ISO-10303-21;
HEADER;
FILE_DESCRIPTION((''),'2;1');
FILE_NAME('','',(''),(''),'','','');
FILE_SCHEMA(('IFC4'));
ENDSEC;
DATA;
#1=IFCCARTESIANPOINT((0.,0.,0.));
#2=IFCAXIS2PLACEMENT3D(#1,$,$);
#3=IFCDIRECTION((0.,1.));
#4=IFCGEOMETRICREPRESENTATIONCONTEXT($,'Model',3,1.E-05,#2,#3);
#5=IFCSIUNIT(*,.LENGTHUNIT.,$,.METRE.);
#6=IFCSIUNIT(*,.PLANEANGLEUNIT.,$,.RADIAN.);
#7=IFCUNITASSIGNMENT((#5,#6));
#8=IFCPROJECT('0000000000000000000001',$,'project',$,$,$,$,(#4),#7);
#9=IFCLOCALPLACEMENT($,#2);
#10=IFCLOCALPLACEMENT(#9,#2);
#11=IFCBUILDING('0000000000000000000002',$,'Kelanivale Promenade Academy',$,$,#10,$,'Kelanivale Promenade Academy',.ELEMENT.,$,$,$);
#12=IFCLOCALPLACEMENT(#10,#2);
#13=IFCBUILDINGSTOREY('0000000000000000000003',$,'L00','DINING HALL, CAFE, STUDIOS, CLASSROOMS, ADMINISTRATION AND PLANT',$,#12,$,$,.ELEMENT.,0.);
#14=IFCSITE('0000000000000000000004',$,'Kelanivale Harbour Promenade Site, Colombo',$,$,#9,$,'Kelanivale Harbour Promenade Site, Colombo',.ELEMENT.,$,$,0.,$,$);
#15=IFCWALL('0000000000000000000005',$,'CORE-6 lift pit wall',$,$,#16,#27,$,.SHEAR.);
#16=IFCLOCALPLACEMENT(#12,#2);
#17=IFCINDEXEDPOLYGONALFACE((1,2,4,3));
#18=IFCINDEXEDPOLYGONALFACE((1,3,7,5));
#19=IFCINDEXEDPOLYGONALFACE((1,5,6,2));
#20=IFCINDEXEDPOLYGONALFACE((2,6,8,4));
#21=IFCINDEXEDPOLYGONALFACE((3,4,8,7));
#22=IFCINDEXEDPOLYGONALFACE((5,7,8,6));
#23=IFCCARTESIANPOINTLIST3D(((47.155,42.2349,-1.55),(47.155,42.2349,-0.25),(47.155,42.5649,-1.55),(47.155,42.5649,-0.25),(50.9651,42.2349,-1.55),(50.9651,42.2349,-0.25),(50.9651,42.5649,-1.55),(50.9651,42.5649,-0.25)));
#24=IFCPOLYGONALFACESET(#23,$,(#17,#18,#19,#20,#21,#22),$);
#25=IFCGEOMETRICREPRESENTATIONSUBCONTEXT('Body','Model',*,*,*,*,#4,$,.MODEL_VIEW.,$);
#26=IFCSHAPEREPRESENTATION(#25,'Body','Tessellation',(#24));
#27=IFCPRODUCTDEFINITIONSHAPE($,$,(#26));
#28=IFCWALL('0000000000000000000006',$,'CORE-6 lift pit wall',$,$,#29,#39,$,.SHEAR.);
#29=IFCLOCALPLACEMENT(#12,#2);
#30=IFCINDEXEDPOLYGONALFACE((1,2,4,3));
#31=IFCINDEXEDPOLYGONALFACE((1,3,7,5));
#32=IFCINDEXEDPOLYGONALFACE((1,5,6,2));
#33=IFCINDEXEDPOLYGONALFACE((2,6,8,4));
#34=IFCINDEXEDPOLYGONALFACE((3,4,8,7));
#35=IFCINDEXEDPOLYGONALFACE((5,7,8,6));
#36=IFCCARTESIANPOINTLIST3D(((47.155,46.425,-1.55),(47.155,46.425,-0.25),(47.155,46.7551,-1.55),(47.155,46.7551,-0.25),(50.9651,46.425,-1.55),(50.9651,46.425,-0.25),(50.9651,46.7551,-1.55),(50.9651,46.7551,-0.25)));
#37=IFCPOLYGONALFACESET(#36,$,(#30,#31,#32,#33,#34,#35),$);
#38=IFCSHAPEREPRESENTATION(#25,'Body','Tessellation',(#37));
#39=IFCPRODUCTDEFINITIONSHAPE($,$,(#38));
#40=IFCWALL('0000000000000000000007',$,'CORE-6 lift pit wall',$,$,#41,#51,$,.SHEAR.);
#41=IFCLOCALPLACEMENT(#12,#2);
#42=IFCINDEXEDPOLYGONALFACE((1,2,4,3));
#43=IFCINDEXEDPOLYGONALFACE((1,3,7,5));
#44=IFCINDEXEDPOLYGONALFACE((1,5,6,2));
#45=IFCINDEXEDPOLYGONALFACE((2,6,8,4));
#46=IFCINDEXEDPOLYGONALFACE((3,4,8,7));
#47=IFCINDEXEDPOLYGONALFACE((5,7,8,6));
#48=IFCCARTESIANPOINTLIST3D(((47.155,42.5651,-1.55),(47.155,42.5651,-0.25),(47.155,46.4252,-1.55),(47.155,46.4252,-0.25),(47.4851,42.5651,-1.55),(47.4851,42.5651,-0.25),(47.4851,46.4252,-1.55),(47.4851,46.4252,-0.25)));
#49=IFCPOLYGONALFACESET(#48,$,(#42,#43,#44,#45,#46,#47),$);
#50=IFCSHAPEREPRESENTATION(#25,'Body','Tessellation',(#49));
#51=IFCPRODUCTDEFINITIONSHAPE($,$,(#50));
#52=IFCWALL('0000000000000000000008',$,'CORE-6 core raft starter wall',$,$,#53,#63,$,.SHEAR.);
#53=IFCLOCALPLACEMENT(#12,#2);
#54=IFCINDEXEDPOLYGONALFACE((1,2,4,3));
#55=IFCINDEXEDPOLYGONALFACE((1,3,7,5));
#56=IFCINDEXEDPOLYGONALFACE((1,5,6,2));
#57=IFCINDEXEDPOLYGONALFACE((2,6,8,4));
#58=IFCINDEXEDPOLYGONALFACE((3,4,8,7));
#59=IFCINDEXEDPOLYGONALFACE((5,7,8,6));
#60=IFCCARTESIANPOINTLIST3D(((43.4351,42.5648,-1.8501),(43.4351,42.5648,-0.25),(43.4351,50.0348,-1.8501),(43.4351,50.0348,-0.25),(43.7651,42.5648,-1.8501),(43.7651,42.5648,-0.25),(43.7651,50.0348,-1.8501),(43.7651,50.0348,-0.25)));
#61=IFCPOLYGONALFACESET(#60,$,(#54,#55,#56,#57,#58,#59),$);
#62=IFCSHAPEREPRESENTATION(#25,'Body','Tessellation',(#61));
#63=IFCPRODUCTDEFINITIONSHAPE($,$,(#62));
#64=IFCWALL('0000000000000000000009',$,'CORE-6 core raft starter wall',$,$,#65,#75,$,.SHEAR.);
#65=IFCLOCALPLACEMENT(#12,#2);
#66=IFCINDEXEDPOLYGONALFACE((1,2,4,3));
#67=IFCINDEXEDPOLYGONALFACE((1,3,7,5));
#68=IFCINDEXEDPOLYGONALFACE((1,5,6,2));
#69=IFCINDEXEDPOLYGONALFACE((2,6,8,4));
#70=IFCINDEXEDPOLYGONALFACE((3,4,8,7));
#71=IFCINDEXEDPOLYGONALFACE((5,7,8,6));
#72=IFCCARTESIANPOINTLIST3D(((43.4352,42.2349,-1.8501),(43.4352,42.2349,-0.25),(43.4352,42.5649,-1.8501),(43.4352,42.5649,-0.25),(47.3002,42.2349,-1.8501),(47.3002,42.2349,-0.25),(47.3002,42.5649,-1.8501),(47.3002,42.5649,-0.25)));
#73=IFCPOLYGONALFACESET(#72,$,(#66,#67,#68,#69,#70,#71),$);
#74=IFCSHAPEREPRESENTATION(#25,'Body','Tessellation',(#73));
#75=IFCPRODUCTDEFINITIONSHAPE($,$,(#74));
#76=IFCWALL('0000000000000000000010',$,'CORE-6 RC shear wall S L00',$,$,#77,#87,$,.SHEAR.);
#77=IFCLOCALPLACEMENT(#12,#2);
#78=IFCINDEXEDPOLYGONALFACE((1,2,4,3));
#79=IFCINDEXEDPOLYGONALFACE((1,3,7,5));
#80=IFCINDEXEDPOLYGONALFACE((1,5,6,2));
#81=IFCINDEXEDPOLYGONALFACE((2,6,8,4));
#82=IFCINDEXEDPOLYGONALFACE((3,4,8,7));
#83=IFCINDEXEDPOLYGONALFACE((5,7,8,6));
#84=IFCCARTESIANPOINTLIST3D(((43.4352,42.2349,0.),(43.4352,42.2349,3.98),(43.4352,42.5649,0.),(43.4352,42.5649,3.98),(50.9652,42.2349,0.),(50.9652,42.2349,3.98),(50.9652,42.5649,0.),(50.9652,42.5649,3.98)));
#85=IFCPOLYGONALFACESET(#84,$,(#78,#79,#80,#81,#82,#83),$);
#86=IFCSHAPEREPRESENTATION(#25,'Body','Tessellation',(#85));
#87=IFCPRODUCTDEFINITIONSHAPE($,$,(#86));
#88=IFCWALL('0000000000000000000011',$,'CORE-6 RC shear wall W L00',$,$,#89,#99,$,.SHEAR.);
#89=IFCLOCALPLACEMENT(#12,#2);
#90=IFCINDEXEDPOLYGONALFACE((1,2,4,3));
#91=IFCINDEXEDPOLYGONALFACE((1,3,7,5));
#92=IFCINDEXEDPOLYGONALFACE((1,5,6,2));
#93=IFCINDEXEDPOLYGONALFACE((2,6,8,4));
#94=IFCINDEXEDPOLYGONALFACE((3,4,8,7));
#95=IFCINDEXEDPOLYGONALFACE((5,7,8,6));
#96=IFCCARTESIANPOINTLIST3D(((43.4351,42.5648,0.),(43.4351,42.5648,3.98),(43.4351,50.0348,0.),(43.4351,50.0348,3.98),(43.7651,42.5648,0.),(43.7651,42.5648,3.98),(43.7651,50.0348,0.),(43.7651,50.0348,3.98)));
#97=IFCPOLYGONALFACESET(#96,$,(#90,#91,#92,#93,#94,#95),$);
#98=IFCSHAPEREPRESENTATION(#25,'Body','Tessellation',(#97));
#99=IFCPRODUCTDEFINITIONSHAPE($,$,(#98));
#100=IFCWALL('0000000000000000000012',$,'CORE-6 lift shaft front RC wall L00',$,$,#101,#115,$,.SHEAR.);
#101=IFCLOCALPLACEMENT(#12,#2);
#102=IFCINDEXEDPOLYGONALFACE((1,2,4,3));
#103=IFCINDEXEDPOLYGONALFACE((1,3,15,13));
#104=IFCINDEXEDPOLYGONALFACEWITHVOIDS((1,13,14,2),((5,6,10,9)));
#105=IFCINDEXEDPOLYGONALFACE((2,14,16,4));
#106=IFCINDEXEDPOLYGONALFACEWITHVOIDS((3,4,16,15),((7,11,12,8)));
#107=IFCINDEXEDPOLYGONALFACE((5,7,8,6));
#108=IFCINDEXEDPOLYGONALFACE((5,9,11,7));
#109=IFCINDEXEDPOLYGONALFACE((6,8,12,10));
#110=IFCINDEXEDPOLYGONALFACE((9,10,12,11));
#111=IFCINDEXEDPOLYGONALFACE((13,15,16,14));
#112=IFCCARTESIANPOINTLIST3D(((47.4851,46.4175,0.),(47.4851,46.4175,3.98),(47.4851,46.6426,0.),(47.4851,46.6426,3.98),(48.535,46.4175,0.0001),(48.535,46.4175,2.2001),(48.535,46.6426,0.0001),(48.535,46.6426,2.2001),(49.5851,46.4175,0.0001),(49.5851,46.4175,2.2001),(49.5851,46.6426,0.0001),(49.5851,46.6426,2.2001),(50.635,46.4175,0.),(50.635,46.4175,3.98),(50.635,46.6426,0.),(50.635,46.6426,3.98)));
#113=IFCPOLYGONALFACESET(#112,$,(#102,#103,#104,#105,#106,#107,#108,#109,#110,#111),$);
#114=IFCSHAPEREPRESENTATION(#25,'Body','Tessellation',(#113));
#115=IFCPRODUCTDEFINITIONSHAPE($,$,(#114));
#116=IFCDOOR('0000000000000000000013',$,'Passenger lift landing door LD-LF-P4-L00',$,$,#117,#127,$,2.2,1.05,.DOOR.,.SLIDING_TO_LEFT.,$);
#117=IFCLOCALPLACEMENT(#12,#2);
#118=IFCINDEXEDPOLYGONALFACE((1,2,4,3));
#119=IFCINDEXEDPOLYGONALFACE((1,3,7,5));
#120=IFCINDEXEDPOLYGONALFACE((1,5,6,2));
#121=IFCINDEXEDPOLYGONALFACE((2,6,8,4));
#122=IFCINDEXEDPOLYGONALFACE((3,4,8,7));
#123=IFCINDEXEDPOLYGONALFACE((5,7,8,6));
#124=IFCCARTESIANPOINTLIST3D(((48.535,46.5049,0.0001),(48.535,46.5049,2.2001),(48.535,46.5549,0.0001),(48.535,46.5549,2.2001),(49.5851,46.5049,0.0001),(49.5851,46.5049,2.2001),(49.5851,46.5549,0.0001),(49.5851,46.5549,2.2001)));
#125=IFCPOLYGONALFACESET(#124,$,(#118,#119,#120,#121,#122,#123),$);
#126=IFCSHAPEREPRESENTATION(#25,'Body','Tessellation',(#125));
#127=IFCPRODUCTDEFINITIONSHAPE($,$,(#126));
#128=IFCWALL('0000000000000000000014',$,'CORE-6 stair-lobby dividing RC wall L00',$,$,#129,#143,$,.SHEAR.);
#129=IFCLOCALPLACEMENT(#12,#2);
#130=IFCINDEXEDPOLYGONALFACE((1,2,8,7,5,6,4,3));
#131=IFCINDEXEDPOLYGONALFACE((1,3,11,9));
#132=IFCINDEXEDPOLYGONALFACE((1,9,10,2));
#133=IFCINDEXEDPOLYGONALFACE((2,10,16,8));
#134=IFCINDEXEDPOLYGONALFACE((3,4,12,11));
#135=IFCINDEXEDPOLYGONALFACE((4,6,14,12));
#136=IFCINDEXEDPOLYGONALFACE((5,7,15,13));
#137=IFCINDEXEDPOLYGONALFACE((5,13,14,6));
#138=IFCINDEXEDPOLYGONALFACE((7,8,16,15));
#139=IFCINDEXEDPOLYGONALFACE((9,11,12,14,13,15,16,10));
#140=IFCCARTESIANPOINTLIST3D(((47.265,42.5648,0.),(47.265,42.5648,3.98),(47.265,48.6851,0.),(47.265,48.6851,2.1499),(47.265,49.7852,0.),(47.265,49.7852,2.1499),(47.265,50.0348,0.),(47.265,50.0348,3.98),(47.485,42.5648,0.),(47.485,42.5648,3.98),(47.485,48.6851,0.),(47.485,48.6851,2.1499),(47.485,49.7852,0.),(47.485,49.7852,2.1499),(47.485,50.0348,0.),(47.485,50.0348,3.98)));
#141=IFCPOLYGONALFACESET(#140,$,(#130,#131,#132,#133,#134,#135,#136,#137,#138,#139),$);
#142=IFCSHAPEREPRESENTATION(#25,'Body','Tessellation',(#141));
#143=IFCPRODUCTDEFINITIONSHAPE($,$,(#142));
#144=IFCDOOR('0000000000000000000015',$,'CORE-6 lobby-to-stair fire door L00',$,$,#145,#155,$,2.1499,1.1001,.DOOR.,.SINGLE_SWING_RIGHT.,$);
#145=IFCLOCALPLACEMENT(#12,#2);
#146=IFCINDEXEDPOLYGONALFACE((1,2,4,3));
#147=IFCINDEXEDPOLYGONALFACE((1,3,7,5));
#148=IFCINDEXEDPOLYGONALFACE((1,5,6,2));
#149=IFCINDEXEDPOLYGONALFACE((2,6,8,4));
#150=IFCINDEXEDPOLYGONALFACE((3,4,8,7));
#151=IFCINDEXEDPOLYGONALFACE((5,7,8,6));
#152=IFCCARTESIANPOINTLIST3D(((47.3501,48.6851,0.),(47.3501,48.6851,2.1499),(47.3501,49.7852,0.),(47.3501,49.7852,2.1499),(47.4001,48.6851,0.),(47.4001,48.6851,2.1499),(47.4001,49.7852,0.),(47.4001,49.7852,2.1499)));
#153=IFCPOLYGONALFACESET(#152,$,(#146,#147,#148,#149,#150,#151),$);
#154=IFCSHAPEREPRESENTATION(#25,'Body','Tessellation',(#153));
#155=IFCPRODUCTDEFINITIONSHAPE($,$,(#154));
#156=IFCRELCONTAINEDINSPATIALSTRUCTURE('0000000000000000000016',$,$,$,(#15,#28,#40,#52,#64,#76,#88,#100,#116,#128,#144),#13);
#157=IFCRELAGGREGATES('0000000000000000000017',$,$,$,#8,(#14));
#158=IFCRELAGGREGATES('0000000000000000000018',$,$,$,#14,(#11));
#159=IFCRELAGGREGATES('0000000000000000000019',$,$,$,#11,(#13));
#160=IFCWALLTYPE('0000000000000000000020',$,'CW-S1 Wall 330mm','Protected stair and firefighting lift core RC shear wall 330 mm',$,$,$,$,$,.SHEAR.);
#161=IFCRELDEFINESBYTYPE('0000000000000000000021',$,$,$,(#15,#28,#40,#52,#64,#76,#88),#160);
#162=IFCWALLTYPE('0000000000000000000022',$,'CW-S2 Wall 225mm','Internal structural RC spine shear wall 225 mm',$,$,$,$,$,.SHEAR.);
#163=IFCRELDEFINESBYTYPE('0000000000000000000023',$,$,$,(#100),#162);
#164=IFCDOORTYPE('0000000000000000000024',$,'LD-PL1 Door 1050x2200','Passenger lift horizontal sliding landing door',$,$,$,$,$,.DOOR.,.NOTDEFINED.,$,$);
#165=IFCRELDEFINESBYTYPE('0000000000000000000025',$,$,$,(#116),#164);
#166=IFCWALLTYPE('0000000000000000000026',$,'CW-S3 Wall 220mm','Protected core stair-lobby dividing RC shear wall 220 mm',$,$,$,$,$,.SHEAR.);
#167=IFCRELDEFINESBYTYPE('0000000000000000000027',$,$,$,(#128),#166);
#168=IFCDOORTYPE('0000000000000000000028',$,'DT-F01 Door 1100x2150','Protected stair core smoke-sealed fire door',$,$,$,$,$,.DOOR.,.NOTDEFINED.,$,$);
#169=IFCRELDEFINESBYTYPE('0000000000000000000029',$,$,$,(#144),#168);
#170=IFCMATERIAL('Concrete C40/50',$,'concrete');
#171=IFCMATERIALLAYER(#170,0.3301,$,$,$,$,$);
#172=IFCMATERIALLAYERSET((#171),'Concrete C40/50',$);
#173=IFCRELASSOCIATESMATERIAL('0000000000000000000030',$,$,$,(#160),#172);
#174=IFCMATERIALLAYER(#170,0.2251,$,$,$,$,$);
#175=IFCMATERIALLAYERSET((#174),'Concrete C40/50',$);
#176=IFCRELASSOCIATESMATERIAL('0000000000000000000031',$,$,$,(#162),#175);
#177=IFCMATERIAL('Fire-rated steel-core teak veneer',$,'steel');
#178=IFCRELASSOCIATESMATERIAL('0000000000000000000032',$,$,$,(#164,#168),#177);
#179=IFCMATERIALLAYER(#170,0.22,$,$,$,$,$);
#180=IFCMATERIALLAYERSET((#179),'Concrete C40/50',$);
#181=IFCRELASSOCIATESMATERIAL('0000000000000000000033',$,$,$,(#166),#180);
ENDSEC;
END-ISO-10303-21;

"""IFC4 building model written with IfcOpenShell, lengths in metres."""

from ifc_helpers import new_model, si_unit, direction, frame, frame_2d, origin, place, context, subcontext, project, spatial, rectangle, extrude, material, layer, layer_set, type_object, element, fill, save


model = new_model("IFC4")

# Units and contexts
model_context = context("Model", 3, precision=1e-05, world=origin(), true_north=direction((0.0, 1.0)))
body_context = subcontext(model_context, "Body", "Model", "MODEL_VIEW")
ifc_project = project(units=[si_unit("LENGTHUNIT", "METRE"), si_unit("PLANEANGLEUNIT", "RADIAN")], contexts=[model_context])

# Site, building, storey
site_placement = place(None, origin())
site = spatial("IfcSite", under=ifc_project, at=site_placement, Name="Kelanivale Harbour Promenade Site, Colombo", LongName="Kelanivale Harbour Promenade Site, Colombo", CompositionType="ELEMENT", RefElevation=0.0)
building_placement = place(site_placement, origin())
building = spatial("IfcBuilding", under=site, at=building_placement, Name="Kelanivale Promenade Academy", LongName="Kelanivale Promenade Academy", CompositionType="ELEMENT")
storey_placement = place(building_placement, origin())
storey = spatial("IfcBuildingStorey", under=building, at=storey_placement, Name="L00", Description="DINING HALL, CAFE, STUDIOS, CLASSROOMS, ADMINISTRATION AND PLANT", CompositionType="ELEMENT", Elevation=0.0)

# Shared definitions
ifc_material_1 = material(Name="Concrete C40/50", Category="concrete")

# Walls
ifc_layer_1 = layer(ifc_material_1, 0.3301)
ifc_layer_set_1 = layer_set([ifc_layer_1], Name="Concrete C40/50")
wall_type_1 = type_object("IfcWallType", Name="CW-S1 Wall 330mm", Description="Protected stair and firefighting lift core RC shear wall 330 mm", PredefinedType="SHEAR", material=ifc_layer_set_1)
for number, where, z_axis, x_axis, name in (
    (1, (47.155, 42.3999, -1.55), (0.0, 0.0, 1.0), (1.0, 0.0, 0.0), "CORE-6 lift pit wall"),
    (2, (47.155, 46.5901, -1.55), (0.0, 0.0, 1.0), (1.0, 0.0, 0.0), "CORE-6 lift pit wall"),
):
    element("IfcWall", number, at=place(storey_placement, frame(where, z_axis=z_axis, x_axis=x_axis)), inside=storey, type_object=wall_type_1, Name=name, PredefinedType="SHEAR", context=body_context, shape_type="SweptSolid", body=[
        extrude(rectangle(XDim=3.8101, YDim=0.3301, at=frame_2d((1.905, 0.0))), origin(), (0.0, 0.0, 1.0), 1.3),
    ])
wall_1_placement = place(storey_placement, frame((47.3201, 42.5649, -1.55), z_axis=(0.0, 0.0, 1.0), x_axis=(0.0, 1.0, 0.0)))
element("IfcWall", 3, at=wall_1_placement, inside=storey, type_object=wall_type_1, Name="CORE-6 lift pit wall", PredefinedType="SHEAR", context=body_context, shape_type="SweptSolid", body=[
    extrude(rectangle(XDim=3.8601, YDim=0.3301, at=frame_2d((1.9302, 0.0))), origin(), (0.0, 0.0, 1.0), 1.3),
])
wall_2_placement = place(storey_placement, frame((43.6001, 42.5649, -1.8501), z_axis=(0.0, 0.0, 1.0), x_axis=(0.0, 1.0, 0.0)))
element("IfcWall", 4, at=wall_2_placement, inside=storey, type_object=wall_type_1, Name="CORE-6 core raft starter wall", PredefinedType="SHEAR", context=body_context, shape_type="SweptSolid", body=[
    extrude(rectangle(XDim=7.47, YDim=0.3301, at=frame_2d((3.7349, 0.0))), origin(), (0.0, 0.0, 1.0), 1.6001),
])
wall_3_placement = place(storey_placement, frame((43.4351, 42.3999, -1.8501), z_axis=(0.0, 0.0, 1.0), x_axis=(1.0, 0.0, 0.0)))
element("IfcWall", 5, at=wall_3_placement, inside=storey, type_object=wall_type_1, Name="CORE-6 core raft starter wall", PredefinedType="SHEAR", context=body_context, shape_type="SweptSolid", body=[
    extrude(rectangle(XDim=3.865, YDim=0.3301, at=frame_2d((1.9326, 0.0))), origin(), (0.0, 0.0, 1.0), 1.6001),
])
wall_4_placement = place(storey_placement, frame((43.4351, 42.3999, 0.0), z_axis=(0.0, 0.0, 1.0), x_axis=(1.0, 0.0, 0.0)))
element("IfcWall", 6, at=wall_4_placement, inside=storey, type_object=wall_type_1, Name="CORE-6 RC shear wall S L00", PredefinedType="SHEAR", context=body_context, shape_type="SweptSolid", body=[
    extrude(rectangle(XDim=7.53, YDim=0.3301, at=frame_2d((3.7651, 0.0))), origin(), (0.0, 0.0, 1.0), 3.98),
])
wall_5_placement = place(storey_placement, frame((43.6001, 42.5649, 0.0), z_axis=(0.0, 0.0, 1.0), x_axis=(0.0, 1.0, 0.0)))
element("IfcWall", 7, at=wall_5_placement, inside=storey, type_object=wall_type_1, Name="CORE-6 RC shear wall W L00", PredefinedType="SHEAR", context=body_context, shape_type="SweptSolid", body=[
    extrude(rectangle(XDim=7.47, YDim=0.3301, at=frame_2d((3.7349, 0.0))), origin(), (0.0, 0.0, 1.0), 3.98),
])

# Walls, openings, doors
ifc_layer_2 = layer(ifc_material_1, 0.2251)
ifc_layer_set_2 = layer_set([ifc_layer_2], Name="Concrete C40/50")
wall_type_2 = type_object("IfcWallType", Name="CW-S2 Wall 225mm", Description="Internal structural RC spine shear wall 225 mm", PredefinedType="SHEAR", material=ifc_layer_set_2)
wall_6_placement = place(storey_placement, frame((47.4851, 46.53, 0.0), z_axis=(0.0, 0.0, 1.0), x_axis=(1.0, 0.0, 0.0)))
wall_6 = element("IfcWall", 8, at=wall_6_placement, inside=storey, type_object=wall_type_2, Name="CORE-6 lift shaft front RC wall L00", PredefinedType="SHEAR", context=body_context, shape_type="SweptSolid", body=[
    extrude(rectangle(XDim=3.1499, YDim=0.2251, at=frame_2d((1.575, 0.0))), origin(), (0.0, 0.0, 1.0), 3.98),
])
opening_1_placement = place(wall_6_placement, frame((1.05, 0.0, 0.0)))
opening_1 = element("IfcOpeningElement", 9, at=opening_1_placement, cuts=wall_6, PredefinedType="OPENING", context=body_context, shape_type="SweptSolid", body=[
    extrude(rectangle(XDim=1.05, YDim=2.2, at=frame_2d((0.5249, 1.1001))), frame((0.0, 0.1226, 0.0), z_axis=(0.0, -1.0, 0.0), x_axis=(1.0, 0.0, 0.0)), (0.0, 0.0, 1.0), 0.2451),
])
ifc_material_2 = material(Name="Fire-rated steel-core teak veneer", Category="steel")
door_type_1 = type_object("IfcDoorType", Name="LD-PL1 Door 1050x2200", Description="Passenger lift horizontal sliding landing door", OperationType="NOTDEFINED", PredefinedType="DOOR", material=ifc_material_2)
door_1_placement = place(opening_1_placement, origin())
door_1 = element("IfcDoor", 10, at=door_1_placement, inside=storey, type_object=door_type_1, Name="Passenger lift landing door LD-LF-P4-L00", OperationType="SLIDING_TO_LEFT", OverallHeight=2.2, OverallWidth=1.05, PredefinedType="DOOR", context=body_context, shape_type="SweptSolid", body=[
    extrude(rectangle(XDim=1.05, YDim=2.2, at=frame_2d((0.5249, 1.1001))), frame((0.0, 0.0249, 0.0), z_axis=(0.0, -1.0, 0.0), x_axis=(1.0, 0.0, 0.0)), (0.0, 0.0, 1.0), 0.05),
])
fill(opening_1, door_1)
ifc_layer_3 = layer(ifc_material_1, 0.22)
ifc_layer_set_3 = layer_set([ifc_layer_3], Name="Concrete C40/50")
wall_type_3 = type_object("IfcWallType", Name="CW-S3 Wall 220mm", Description="Protected core stair-lobby dividing RC shear wall 220 mm", PredefinedType="SHEAR", material=ifc_layer_set_3)
wall_7_placement = place(storey_placement, frame((47.375, 42.5649, 0.0), z_axis=(0.0, 0.0, 1.0), x_axis=(0.0, 1.0, 0.0)))
wall_7 = element("IfcWall", 11, at=wall_7_placement, inside=storey, type_object=wall_type_3, Name="CORE-6 stair-lobby dividing RC wall L00", PredefinedType="SHEAR", context=body_context, shape_type="SweptSolid", body=[
    extrude(rectangle(XDim=7.47, YDim=0.22, at=frame_2d((3.7349, 0.0))), origin(), (0.0, 0.0, 1.0), 3.98),
])
opening_2_placement = place(wall_7_placement, frame((6.1201, 0.0, 0.0)))
opening_2 = element("IfcOpeningElement", 12, at=opening_2_placement, cuts=wall_7, PredefinedType="OPENING", context=body_context, shape_type="SweptSolid", body=[
    extrude(rectangle(XDim=1.1001, YDim=2.1499, at=frame_2d((0.55, 1.075))), frame((0.0, 0.1201, 0.0), z_axis=(0.0, -1.0, 0.0), x_axis=(1.0, 0.0, 0.0)), (0.0, 0.0, 1.0), 0.24),
])
door_type_2 = type_object("IfcDoorType", Name="DT-F01 Door 1100x2150", Description="Protected stair core smoke-sealed fire door", OperationType="NOTDEFINED", PredefinedType="DOOR", material=ifc_material_2)
door_2_placement = place(opening_2_placement, origin())
door_2 = element("IfcDoor", 13, at=door_2_placement, inside=storey, type_object=door_type_2, Name="CORE-6 lobby-to-stair fire door L00", OperationType="SINGLE_SWING_RIGHT", OverallHeight=2.1499, OverallWidth=1.1001, PredefinedType="DOOR", context=body_context, shape_type="SweptSolid", body=[
    extrude(rectangle(XDim=1.1001, YDim=2.1499, at=frame_2d((0.55, 1.075))), frame((0.0, 0.0249, 0.0), z_axis=(0.0, -1.0, 0.0), x_axis=(1.0, 0.0, 0.0)), (0.0, 0.0, 1.0), 0.05),
])
fill(opening_2, door_2)

save(model, "model.ifc")
